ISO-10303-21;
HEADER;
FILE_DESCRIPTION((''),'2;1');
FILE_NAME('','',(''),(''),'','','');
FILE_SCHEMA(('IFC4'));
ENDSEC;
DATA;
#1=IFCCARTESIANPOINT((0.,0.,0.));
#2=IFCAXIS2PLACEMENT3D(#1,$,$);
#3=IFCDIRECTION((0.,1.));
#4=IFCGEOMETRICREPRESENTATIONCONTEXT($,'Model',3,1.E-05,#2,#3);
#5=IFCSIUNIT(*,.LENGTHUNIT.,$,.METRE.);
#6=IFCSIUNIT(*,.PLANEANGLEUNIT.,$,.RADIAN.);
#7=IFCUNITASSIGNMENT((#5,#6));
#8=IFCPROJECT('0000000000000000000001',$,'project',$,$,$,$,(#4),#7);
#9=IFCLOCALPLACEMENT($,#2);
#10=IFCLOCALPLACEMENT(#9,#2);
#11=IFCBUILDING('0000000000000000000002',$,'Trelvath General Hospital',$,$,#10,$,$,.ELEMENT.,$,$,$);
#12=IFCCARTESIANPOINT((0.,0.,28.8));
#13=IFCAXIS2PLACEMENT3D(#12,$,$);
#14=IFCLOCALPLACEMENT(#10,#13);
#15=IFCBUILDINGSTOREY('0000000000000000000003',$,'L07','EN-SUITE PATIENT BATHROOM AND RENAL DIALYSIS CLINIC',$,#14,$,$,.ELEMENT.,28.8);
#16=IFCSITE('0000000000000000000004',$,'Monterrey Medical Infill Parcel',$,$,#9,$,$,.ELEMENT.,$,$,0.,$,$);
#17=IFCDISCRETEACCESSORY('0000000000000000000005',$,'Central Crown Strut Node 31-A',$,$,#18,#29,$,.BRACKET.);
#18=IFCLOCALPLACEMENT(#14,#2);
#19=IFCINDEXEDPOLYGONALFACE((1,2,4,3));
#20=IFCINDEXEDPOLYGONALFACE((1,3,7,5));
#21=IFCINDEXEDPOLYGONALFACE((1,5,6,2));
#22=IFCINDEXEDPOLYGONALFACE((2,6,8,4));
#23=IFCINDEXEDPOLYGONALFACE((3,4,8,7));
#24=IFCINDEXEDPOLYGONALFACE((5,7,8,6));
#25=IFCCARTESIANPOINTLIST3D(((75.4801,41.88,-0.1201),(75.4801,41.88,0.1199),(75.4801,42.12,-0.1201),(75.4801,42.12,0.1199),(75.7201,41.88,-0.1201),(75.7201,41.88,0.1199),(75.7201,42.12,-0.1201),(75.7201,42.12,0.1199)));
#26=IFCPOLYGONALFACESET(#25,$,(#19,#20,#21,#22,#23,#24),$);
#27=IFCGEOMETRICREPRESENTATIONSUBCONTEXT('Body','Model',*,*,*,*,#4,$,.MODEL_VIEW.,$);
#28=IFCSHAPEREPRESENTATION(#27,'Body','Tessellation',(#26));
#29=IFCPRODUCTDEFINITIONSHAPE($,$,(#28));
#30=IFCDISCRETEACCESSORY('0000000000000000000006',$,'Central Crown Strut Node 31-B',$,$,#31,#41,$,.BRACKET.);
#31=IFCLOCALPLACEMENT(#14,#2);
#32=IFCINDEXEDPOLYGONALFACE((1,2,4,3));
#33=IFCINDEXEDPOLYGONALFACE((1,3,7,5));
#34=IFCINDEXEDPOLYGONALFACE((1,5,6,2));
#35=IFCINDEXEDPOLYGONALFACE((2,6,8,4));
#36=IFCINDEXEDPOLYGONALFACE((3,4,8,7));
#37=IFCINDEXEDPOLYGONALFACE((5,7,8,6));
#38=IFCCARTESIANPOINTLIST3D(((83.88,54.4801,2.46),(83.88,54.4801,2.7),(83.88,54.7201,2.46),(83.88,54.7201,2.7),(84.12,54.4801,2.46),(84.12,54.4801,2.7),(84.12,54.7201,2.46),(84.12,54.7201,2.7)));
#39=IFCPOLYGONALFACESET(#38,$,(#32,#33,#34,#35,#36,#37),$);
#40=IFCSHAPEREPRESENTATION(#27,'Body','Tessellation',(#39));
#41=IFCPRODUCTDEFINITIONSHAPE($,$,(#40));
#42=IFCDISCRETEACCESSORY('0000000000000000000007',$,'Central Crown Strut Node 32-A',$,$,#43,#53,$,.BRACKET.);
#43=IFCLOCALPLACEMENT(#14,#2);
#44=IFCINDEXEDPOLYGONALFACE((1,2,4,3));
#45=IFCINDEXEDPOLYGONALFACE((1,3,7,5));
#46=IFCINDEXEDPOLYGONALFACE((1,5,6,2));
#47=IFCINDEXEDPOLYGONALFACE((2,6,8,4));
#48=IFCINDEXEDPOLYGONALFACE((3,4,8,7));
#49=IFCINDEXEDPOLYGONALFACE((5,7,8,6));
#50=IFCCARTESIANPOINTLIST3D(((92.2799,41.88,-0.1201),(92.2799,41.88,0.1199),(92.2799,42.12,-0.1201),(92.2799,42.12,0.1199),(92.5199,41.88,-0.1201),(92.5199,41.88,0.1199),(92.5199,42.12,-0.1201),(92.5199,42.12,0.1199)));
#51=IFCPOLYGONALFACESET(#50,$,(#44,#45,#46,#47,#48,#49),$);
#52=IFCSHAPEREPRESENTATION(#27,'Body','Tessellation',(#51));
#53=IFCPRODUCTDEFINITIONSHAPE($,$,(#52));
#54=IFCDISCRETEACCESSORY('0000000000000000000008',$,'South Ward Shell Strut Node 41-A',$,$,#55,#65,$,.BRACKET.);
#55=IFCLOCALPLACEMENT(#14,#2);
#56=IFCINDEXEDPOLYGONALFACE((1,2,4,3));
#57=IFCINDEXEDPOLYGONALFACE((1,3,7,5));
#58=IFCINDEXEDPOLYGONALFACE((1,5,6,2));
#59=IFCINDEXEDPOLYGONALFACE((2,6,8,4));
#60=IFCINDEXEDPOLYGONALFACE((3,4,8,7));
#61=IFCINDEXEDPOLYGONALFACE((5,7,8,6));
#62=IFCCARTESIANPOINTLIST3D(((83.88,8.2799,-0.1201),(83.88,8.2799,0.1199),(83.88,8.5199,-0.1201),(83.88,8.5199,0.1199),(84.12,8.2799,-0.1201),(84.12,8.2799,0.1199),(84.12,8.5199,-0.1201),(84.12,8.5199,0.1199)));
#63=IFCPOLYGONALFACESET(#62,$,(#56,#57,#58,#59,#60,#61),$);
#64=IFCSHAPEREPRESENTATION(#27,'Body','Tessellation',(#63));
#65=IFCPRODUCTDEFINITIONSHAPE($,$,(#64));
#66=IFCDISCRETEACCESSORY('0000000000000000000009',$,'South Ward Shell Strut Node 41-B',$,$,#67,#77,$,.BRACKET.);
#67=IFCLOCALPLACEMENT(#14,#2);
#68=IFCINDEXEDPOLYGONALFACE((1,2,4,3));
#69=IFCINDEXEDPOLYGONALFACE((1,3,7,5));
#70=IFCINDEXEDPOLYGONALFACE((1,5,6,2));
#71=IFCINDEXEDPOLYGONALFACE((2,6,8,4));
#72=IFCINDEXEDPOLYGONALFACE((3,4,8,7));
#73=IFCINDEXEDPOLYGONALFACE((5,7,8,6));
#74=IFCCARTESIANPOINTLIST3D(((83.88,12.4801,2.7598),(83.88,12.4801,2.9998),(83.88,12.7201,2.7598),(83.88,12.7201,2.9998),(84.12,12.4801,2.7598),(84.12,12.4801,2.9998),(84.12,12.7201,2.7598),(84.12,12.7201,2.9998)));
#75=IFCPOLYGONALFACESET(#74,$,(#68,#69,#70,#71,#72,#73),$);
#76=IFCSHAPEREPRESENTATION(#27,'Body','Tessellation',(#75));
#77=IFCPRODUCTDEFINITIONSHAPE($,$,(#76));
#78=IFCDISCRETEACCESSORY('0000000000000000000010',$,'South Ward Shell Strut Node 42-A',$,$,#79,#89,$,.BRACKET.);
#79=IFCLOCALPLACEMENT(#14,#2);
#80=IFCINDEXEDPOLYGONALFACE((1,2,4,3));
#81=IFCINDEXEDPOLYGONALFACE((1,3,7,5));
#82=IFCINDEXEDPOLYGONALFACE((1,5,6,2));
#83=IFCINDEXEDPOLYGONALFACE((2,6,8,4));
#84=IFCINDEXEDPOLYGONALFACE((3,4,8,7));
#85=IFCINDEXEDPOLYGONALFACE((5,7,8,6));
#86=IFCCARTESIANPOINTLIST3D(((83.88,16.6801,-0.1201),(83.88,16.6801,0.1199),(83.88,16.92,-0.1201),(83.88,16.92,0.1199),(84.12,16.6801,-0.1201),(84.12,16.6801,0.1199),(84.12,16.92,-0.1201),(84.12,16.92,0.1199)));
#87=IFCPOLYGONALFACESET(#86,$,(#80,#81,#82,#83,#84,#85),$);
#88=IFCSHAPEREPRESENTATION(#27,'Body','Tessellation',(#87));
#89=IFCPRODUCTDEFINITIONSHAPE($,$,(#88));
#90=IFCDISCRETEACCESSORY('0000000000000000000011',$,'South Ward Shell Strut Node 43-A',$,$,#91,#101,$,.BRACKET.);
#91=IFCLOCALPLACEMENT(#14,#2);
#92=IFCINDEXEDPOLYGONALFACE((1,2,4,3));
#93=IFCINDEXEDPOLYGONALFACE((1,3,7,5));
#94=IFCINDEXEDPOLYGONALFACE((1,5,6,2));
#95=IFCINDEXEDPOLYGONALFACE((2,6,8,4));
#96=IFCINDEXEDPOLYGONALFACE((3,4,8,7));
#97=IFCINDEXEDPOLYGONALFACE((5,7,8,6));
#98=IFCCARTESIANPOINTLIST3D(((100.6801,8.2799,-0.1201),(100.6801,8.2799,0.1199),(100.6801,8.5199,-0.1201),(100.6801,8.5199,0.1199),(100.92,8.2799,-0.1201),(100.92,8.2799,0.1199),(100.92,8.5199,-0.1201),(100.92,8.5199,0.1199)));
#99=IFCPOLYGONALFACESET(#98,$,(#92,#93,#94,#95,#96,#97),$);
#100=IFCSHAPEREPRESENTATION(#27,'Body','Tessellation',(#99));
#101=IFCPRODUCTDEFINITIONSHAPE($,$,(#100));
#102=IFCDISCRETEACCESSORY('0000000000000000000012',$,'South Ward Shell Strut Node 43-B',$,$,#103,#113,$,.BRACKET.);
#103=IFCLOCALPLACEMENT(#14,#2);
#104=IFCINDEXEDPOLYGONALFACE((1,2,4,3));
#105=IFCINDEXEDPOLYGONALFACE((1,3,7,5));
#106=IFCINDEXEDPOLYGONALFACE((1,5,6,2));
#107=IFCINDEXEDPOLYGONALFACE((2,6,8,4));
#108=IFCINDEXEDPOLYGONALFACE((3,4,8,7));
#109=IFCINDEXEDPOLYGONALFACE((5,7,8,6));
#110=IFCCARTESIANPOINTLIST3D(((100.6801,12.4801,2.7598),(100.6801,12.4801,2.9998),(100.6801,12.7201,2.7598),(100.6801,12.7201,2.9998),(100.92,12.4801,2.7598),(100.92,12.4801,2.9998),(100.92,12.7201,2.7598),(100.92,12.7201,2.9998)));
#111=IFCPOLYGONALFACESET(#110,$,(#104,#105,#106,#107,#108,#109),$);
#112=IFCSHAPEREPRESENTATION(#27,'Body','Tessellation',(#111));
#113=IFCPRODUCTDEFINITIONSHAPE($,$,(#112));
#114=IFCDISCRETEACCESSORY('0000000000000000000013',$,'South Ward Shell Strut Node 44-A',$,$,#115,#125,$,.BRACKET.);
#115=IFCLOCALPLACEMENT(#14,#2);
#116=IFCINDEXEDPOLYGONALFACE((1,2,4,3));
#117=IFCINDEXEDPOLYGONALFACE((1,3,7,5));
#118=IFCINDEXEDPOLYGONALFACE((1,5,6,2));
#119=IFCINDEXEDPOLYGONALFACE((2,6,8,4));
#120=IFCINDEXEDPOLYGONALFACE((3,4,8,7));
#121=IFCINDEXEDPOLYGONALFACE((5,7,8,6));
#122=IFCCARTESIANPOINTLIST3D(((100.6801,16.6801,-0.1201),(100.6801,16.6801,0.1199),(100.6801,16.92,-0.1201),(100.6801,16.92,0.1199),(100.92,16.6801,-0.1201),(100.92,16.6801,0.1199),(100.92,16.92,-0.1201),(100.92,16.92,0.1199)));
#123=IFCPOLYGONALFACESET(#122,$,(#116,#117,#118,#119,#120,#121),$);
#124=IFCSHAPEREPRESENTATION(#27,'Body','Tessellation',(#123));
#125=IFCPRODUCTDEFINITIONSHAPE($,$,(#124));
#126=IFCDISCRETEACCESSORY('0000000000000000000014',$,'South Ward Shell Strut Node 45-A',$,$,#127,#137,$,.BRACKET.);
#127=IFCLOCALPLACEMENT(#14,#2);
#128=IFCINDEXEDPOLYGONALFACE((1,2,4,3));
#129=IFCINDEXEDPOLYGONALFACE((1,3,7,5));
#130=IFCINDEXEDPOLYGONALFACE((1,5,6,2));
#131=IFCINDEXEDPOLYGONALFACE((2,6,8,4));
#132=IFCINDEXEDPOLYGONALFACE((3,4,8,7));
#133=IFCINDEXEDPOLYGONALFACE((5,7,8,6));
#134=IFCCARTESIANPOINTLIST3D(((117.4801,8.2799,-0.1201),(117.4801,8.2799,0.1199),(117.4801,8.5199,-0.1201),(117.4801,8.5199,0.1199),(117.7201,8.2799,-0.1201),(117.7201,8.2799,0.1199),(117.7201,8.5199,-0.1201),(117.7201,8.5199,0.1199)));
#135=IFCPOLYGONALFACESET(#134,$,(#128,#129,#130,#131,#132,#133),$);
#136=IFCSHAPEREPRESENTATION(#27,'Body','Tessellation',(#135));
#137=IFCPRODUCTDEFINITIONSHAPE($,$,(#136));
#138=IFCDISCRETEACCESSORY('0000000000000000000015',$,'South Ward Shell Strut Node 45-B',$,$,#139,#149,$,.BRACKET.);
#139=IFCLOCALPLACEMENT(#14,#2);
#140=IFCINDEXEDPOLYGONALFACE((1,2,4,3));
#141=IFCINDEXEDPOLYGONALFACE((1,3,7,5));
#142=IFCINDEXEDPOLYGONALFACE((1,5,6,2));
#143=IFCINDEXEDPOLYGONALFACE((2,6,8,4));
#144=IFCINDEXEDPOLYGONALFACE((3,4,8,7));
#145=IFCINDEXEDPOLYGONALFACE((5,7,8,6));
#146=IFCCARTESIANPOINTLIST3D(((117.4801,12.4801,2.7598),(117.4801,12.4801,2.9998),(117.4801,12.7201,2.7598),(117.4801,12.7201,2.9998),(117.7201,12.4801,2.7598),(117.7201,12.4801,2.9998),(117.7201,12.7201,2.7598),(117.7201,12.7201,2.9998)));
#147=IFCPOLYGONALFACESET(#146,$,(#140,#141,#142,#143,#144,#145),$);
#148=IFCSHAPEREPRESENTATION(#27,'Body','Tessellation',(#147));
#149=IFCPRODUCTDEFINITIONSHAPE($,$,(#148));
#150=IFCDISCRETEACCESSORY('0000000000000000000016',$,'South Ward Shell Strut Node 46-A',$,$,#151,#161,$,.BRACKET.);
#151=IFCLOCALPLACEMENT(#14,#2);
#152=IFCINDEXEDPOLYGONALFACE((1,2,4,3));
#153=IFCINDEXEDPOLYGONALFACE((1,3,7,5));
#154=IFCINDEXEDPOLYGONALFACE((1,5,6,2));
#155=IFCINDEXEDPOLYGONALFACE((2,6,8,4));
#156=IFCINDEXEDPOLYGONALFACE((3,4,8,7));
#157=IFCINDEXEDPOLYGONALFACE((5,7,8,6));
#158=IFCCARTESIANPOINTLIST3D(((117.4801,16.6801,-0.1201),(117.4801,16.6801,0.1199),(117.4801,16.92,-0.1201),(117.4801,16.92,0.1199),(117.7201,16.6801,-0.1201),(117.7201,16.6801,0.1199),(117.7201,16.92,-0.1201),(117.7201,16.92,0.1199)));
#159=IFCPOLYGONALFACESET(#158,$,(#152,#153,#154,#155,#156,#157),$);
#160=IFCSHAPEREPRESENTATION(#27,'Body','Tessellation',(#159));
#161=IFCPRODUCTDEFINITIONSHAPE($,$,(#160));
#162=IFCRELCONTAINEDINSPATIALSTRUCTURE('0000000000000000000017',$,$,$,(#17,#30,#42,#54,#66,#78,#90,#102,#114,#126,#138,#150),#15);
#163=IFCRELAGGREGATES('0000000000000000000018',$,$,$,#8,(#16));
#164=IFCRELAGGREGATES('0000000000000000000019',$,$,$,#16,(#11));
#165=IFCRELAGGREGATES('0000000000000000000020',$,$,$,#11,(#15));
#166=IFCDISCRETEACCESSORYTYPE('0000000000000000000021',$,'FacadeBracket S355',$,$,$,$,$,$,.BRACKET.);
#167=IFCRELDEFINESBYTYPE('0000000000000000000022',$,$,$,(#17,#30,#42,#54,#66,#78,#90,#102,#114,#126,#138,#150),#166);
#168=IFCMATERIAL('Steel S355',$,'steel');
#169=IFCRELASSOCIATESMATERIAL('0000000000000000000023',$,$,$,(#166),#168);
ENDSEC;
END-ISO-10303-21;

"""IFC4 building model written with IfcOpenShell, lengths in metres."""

from ifc_helpers import new_model, si_unit, direction, frame, origin, origin_2d, place, context, subcontext, project, spatial, rectangle, extrude, material, type_object, element, save


model = new_model("IFC4")

# Units and contexts
model_context = context("Model", 3, precision=1e-05, world=origin(), true_north=direction((0.0, 1.0)))
body_context = subcontext(model_context, "Body", "Model", "MODEL_VIEW")
ifc_project = project(units=[si_unit("LENGTHUNIT", "METRE"), si_unit("PLANEANGLEUNIT", "RADIAN")], contexts=[model_context])

# Site, building, storey
site_placement = place(None, origin())
site = spatial("IfcSite", under=ifc_project, at=site_placement, Name="Monterrey Medical Infill Parcel", CompositionType="ELEMENT", RefElevation=0.0)
building_placement = place(site_placement, origin())
building = spatial("IfcBuilding", under=site, at=building_placement, Name="Trelvath General Hospital", CompositionType="ELEMENT")
storey_placement = place(building_placement, frame((0.0, 0.0, 28.8)))
storey = spatial("IfcBuildingStorey", under=building, at=storey_placement, Name="L07", Description="EN-SUITE PATIENT BATHROOM AND RENAL DIALYSIS CLINIC", CompositionType="ELEMENT", Elevation=28.8)

# Discrete accessories
ifc_material_1 = material(Name="Steel S355", Category="steel")
discrete_accessory_type = type_object("IfcDiscreteAccessoryType", Name="FacadeBracket S355", PredefinedType="BRACKET", material=ifc_material_1)
for number, where, z_axis, x_axis, name in (
    (1, (75.6001, 42.0, -0.1201), (0.0, 0.0, 1.0), (1.0, 0.0, 0.0), "Central Crown Strut Node 31-A"),
    (2, (84.0, 54.6001, 2.46), (0.0, 0.0, 1.0), (1.0, 0.0, 0.0), "Central Crown Strut Node 31-B"),
    (3, (92.3999, 42.0, -0.1201), (0.0, 0.0, 1.0), (1.0, 0.0, 0.0), "Central Crown Strut Node 32-A"),
    (4, (84.0, 8.3999, -0.1201), (0.0, 0.0, 1.0), (1.0, 0.0, 0.0), "South Ward Shell Strut Node 41-A"),
    (5, (84.0, 12.6001, 2.7598), (0.0, 0.0, 1.0), (1.0, 0.0, 0.0), "South Ward Shell Strut Node 41-B"),
    (6, (84.0, 16.8, -0.1201), (0.0, 0.0, 1.0), (1.0, 0.0, 0.0), "South Ward Shell Strut Node 42-A"),
    (7, (100.8, 8.3999, -0.1201), (0.0, 0.0, 1.0), (1.0, 0.0, 0.0), "South Ward Shell Strut Node 43-A"),
    (8, (100.8, 12.6001, 2.7598), (0.0, 0.0, 1.0), (1.0, 0.0, 0.0), "South Ward Shell Strut Node 43-B"),
    (9, (100.8, 16.8, -0.1201), (0.0, 0.0, 1.0), (1.0, 0.0, 0.0), "South Ward Shell Strut Node 44-A"),
    (10, (117.6001, 8.3999, -0.1201), (0.0, 0.0, 1.0), (1.0, 0.0, 0.0), "South Ward Shell Strut Node 45-A"),
    (11, (117.6001, 12.6001, 2.7598), (0.0, 0.0, 1.0), (1.0, 0.0, 0.0), "South Ward Shell Strut Node 45-B"),
    (12, (117.6001, 16.8, -0.1201), (0.0, 0.0, 1.0), (1.0, 0.0, 0.0), "South Ward Shell Strut Node 46-A"),
):
    element("IfcDiscreteAccessory", number, at=place(storey_placement, frame(where, z_axis=z_axis, x_axis=x_axis)), inside=storey, type_object=discrete_accessory_type, Name=name, PredefinedType="BRACKET", context=body_context, shape_type="SweptSolid", body=[
        extrude(rectangle(XDim=0.24, YDim=0.24, at=origin_2d()), origin(), (0.0, 0.0, 1.0), 0.24),
    ])

save(model, "model.ifc")
